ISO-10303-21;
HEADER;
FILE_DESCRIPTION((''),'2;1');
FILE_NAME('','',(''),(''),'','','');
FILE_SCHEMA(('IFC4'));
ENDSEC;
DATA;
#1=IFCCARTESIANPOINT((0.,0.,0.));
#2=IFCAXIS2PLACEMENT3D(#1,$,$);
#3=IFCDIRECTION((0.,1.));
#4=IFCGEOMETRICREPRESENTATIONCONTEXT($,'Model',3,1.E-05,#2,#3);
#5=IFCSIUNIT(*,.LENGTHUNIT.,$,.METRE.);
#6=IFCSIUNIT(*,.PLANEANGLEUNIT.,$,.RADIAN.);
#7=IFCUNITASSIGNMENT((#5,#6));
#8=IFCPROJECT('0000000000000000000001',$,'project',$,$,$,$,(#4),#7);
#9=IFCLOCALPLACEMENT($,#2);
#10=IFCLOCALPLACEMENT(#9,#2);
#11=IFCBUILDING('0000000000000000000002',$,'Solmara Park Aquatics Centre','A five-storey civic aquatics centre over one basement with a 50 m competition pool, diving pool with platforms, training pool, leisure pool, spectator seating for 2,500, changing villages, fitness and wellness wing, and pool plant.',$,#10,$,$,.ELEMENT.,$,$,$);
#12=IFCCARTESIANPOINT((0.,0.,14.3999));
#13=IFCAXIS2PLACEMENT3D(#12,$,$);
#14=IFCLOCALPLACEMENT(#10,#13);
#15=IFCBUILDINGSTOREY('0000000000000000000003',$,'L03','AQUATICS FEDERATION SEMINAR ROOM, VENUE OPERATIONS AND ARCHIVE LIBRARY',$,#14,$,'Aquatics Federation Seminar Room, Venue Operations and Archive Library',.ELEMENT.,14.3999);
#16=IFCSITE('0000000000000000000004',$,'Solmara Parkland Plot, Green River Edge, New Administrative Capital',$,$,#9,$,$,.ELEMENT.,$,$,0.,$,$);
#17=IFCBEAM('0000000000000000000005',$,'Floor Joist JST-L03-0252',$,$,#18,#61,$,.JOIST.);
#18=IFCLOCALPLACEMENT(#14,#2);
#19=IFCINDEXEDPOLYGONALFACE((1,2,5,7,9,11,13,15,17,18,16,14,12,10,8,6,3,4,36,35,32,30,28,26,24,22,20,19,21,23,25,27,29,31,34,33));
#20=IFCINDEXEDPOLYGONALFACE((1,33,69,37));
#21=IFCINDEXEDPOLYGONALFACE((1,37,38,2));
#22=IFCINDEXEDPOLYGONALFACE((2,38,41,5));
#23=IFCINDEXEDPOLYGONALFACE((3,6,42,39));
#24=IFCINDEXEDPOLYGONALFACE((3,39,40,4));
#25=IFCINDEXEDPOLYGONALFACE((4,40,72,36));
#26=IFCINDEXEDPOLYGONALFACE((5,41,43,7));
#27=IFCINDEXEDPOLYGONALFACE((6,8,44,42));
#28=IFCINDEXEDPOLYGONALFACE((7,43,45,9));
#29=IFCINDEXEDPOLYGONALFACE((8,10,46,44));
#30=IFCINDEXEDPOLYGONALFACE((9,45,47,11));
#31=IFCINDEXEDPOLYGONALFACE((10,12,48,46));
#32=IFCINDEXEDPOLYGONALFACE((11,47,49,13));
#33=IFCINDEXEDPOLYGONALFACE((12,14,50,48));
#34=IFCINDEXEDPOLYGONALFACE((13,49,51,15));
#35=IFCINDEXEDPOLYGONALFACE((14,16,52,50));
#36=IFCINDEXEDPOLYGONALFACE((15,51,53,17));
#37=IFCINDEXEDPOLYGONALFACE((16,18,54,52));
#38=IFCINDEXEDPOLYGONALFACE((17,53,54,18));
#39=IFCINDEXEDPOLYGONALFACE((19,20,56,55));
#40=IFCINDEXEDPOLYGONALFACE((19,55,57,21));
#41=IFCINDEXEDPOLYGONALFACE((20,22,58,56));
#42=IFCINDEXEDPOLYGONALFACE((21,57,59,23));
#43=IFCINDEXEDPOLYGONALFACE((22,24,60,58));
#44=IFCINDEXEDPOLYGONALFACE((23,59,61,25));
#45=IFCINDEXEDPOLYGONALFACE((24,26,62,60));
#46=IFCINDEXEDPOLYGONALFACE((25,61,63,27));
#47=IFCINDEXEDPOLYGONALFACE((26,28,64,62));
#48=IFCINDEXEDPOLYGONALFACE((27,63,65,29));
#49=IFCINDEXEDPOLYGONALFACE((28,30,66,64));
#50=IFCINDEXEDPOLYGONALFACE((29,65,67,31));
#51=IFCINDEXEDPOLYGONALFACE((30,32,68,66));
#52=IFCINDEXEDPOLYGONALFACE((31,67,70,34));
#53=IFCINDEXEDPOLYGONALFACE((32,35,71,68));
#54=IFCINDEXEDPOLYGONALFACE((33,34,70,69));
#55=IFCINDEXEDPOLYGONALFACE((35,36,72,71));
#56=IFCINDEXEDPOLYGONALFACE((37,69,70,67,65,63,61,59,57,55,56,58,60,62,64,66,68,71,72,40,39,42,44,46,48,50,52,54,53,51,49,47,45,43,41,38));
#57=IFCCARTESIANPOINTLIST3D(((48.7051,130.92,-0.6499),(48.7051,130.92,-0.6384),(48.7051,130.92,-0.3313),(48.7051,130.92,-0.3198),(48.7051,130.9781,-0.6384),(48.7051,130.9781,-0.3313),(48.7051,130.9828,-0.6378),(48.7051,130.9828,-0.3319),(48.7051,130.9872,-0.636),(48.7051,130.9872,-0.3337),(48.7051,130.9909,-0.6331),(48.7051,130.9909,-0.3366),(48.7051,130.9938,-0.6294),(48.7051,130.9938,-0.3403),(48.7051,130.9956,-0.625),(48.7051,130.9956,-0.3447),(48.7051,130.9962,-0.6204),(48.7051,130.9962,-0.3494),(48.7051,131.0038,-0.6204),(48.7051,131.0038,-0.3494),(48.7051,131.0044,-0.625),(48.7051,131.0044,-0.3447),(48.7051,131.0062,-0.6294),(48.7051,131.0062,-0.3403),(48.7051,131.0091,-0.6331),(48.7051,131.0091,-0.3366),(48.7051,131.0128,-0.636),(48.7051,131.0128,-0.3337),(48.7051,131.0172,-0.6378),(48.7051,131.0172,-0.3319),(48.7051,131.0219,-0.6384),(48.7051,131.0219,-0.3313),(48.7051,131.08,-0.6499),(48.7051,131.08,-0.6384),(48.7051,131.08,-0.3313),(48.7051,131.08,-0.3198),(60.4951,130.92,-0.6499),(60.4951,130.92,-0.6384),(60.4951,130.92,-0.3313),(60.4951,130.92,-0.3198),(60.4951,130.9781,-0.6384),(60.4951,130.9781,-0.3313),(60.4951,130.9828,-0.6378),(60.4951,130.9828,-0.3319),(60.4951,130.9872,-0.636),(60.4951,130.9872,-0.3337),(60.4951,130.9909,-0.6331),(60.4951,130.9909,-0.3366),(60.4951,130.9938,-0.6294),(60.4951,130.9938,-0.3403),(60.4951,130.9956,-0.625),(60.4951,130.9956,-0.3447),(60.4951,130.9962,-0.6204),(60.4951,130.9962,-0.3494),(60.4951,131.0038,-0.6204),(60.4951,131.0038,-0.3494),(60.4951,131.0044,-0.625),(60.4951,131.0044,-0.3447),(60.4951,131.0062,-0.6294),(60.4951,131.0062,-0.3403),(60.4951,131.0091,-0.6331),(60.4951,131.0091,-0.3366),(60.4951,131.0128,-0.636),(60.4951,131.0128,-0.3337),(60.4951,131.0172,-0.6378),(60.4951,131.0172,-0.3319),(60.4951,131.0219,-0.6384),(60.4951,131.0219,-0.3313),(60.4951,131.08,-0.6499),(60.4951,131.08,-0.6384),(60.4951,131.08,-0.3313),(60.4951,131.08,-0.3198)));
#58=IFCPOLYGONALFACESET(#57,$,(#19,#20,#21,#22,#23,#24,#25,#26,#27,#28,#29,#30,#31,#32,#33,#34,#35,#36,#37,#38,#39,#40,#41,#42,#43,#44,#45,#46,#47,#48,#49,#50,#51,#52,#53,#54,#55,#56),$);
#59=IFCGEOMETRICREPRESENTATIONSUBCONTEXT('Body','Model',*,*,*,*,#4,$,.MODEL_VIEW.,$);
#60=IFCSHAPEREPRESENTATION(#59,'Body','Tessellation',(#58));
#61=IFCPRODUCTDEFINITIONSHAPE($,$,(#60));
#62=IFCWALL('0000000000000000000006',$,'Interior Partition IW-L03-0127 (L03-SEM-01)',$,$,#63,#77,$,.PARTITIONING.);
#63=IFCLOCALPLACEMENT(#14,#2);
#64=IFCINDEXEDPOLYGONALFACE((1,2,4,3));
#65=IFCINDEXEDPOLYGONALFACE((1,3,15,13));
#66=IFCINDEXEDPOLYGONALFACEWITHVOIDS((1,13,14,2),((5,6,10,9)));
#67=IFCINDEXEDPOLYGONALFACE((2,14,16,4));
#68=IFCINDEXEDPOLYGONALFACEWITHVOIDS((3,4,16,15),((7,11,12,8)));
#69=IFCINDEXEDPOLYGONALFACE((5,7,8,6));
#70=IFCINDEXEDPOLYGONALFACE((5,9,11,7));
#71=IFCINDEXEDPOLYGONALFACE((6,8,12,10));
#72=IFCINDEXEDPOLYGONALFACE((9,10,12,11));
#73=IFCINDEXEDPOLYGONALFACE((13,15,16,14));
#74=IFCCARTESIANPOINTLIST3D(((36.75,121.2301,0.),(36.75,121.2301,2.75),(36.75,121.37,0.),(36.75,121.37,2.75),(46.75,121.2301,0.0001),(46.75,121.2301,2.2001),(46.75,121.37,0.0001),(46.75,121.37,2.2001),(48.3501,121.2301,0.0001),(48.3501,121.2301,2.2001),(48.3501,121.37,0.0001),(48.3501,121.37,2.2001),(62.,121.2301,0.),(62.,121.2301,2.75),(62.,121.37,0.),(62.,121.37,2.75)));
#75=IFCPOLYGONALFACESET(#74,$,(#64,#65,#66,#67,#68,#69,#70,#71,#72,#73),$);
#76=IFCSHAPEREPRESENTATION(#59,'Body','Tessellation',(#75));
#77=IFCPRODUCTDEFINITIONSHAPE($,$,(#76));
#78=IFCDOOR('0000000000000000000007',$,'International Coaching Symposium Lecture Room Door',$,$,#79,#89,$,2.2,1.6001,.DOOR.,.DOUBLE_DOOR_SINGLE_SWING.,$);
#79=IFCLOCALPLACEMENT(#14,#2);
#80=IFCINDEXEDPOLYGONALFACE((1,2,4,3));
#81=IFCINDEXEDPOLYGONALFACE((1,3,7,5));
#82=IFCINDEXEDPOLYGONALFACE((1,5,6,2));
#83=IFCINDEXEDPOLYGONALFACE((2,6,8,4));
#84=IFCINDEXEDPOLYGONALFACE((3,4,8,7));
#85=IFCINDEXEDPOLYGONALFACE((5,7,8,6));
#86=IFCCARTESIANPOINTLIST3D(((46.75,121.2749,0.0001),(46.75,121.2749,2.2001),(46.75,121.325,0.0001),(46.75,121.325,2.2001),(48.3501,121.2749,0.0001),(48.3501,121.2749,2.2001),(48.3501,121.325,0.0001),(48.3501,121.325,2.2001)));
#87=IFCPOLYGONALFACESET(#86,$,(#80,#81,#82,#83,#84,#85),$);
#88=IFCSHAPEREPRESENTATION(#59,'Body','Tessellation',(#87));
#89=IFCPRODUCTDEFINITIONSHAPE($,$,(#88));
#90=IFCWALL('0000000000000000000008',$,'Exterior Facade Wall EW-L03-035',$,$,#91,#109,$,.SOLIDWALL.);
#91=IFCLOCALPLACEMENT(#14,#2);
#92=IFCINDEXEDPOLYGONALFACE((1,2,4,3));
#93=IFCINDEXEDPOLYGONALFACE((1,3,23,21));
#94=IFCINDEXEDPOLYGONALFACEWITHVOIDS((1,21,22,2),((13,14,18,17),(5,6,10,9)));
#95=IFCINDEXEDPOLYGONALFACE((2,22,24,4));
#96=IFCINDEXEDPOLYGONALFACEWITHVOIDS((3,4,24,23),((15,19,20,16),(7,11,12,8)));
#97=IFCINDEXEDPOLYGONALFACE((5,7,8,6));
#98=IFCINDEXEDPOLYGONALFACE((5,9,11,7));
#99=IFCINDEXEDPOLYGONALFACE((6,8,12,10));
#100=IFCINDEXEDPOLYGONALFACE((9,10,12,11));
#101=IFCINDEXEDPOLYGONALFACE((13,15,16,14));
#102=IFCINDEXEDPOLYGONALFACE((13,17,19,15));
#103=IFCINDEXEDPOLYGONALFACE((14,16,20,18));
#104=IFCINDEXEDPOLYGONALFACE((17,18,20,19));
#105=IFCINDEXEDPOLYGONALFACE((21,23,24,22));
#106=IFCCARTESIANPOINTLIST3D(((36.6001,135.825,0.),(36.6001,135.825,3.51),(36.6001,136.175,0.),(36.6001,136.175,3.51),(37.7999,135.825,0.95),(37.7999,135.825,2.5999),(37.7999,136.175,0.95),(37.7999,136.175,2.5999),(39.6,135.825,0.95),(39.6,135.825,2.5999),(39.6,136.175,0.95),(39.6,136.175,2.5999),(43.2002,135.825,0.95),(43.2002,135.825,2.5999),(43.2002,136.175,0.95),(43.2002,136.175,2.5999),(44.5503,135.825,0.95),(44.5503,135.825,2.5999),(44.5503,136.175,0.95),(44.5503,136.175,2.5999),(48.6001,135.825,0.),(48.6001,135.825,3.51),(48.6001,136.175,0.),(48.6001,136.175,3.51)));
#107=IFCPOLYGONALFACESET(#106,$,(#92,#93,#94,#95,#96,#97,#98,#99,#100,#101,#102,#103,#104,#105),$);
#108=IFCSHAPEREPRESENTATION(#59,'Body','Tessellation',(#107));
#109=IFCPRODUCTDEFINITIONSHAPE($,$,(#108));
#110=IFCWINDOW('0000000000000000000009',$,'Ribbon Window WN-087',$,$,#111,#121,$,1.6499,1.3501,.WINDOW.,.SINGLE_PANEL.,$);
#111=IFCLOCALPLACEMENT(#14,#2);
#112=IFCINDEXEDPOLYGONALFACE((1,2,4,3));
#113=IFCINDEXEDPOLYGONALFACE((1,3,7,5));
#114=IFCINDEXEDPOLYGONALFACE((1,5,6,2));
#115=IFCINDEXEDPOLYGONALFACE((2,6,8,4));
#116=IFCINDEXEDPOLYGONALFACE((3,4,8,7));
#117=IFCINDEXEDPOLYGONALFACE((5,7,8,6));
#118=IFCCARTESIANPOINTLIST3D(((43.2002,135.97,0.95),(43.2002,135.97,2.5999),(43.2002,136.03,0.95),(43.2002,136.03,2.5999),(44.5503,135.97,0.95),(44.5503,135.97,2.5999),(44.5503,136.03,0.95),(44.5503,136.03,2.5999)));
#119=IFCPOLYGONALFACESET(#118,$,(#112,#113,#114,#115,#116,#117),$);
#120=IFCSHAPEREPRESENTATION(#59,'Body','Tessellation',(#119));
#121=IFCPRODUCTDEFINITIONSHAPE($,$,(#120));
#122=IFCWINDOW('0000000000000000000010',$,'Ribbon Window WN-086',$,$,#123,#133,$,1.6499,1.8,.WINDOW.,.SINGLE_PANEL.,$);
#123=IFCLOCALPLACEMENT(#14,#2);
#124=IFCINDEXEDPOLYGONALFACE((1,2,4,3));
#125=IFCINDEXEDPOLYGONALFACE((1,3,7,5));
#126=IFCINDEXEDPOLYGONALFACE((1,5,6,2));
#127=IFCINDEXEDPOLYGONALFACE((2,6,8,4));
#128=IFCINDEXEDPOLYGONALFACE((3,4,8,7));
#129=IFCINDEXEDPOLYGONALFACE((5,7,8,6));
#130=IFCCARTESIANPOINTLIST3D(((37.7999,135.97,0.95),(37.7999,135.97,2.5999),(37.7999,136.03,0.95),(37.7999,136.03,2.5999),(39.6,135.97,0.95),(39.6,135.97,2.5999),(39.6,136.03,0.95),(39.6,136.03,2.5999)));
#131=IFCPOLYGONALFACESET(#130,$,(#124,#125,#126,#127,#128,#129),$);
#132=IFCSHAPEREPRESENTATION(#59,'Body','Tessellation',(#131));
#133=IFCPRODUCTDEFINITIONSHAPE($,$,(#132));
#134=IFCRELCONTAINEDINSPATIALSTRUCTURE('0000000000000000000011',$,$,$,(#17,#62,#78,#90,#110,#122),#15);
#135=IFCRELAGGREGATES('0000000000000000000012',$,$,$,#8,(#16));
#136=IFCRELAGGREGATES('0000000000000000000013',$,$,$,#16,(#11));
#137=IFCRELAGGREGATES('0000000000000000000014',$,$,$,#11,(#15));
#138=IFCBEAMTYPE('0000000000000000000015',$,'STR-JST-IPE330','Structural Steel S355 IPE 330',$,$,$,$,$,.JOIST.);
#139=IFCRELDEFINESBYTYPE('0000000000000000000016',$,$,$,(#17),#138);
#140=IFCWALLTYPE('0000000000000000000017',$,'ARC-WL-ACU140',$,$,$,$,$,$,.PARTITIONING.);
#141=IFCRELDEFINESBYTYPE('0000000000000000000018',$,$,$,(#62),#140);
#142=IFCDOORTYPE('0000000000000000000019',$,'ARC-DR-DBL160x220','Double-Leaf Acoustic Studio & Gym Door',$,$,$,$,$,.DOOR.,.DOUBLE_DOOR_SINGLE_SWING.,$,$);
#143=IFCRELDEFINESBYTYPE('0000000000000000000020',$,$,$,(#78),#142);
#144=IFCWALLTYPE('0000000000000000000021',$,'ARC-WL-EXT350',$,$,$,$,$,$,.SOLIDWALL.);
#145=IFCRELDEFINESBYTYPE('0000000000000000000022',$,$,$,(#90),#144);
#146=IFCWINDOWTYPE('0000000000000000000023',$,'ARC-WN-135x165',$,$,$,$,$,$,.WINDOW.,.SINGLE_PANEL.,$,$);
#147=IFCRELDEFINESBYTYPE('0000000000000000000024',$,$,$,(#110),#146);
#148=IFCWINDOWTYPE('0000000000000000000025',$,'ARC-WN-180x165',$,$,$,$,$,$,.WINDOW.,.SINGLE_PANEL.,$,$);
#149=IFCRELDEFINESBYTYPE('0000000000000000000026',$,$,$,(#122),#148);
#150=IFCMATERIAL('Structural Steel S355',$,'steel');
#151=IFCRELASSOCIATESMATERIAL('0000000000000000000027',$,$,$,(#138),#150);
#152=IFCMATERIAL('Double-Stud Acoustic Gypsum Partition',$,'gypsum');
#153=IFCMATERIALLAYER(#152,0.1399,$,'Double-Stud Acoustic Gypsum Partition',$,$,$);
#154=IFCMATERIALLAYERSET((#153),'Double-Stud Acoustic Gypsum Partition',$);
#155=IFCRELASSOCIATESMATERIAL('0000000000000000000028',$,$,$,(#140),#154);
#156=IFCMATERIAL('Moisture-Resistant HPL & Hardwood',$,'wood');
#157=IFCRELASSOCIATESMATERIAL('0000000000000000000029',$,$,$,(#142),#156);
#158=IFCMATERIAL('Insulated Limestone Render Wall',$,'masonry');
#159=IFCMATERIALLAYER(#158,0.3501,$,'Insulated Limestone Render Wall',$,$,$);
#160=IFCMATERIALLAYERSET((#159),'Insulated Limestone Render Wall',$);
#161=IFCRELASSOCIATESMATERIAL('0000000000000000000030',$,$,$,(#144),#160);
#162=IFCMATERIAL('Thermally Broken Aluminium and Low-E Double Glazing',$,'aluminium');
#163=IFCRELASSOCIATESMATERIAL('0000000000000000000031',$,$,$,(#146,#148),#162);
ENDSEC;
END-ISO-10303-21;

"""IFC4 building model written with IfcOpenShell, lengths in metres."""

from ifc_helpers import new_model, si_unit, direction, frame, frame_2d, origin, origin_2d, place, context, subcontext, project, spatial, rectangle, i_section, extrude, material, layer, layer_set, material_profile, profile_set, type_object, element, fill, save


model = new_model("IFC4")

# Units and contexts
model_context = context("Model", 3, precision=1e-05, world=origin(), true_north=direction((0.0, 1.0)))
body_context = subcontext(model_context, "Body", "Model", "MODEL_VIEW")
ifc_project = project(units=[si_unit("LENGTHUNIT", "METRE"), si_unit("PLANEANGLEUNIT", "RADIAN")], contexts=[model_context])

# Site, building, storey
site_placement = place(None, origin())
site = spatial("IfcSite", under=ifc_project, at=site_placement, Name="Solmara Parkland Plot, Green River Edge, New Administrative Capital", CompositionType="ELEMENT", RefElevation=0.0)
building_placement = place(site_placement, origin())
building = spatial("IfcBuilding", under=site, at=building_placement, Name="Solmara Park Aquatics Centre", Description="A five-storey civic aquatics centre over one basement with a 50 m competition pool, diving pool with platforms, training pool, leisure pool, spectator seating for 2,500, changing villages, fitness and wellness wing, and pool plant.", CompositionType="ELEMENT")
storey_placement = place(building_placement, frame((0.0, 0.0, 14.3999)))
storey = spatial("IfcBuildingStorey", under=building, at=storey_placement, Name="L03", Description="AQUATICS FEDERATION SEMINAR ROOM, VENUE OPERATIONS AND ARCHIVE LIBRARY", LongName="Aquatics Federation Seminar Room, Venue Operations and Archive Library", CompositionType="ELEMENT", Elevation=14.3999)

# Beam
ifc_material_1 = material(Name="Structural Steel S355", Category="steel")
ifc_material_profile_1 = material_profile(ifc_material_1, i_section(OverallWidth=0.1599, OverallDepth=0.3301, WebThickness=0.0076, FlangeThickness=0.0115, FilletRadius=0.0181, at=origin_2d()), Name="IPE 330")
ifc_profile_set_1 = profile_set([ifc_material_profile_1], Name="Structural Steel S355")
beam_type_1 = type_object("IfcBeamType", Name="STR-JST-IPE330", Description="Structural Steel S355 IPE 330", PredefinedType="JOIST", material=ifc_profile_set_1)
for number, where, z_axis, x_axis, name in (
    (1, (48.7051, 131.0, -0.4849), (1.0, 0.0, 0.0), (0.0, 1.0, 0.0), "Floor Joist JST-L03-0252"),
):
    element("IfcBeam", number, at=place(storey_placement, frame(where, z_axis=z_axis, x_axis=x_axis)), inside=storey, type_object=beam_type_1, Name=name, PredefinedType="JOIST", context=body_context, shape_type="SweptSolid", body=[
        extrude(i_section(OverallWidth=0.1599, OverallDepth=0.3301, WebThickness=0.0076, FlangeThickness=0.0115, FilletRadius=0.0181, at=origin_2d()), origin(), (0.0, 0.0, 1.0), 11.79),
    ])

# Wall, opening, door
ifc_material_2 = material(Name="Double-Stud Acoustic Gypsum Partition", Category="gypsum")
ifc_layer_1 = layer(ifc_material_2, 0.1399, Name="Double-Stud Acoustic Gypsum Partition")
ifc_layer_set_1 = layer_set([ifc_layer_1], Name="Double-Stud Acoustic Gypsum Partition")
wall_type_1 = type_object("IfcWallType", Name="ARC-WL-ACU140", PredefinedType="PARTITIONING", material=ifc_layer_set_1)
wall_1_placement = place(storey_placement, frame((36.75, 121.3, 0.0), z_axis=(0.0, 0.0, 1.0), x_axis=(1.0, 0.0, 0.0)))
wall_1 = element("IfcWall", 2, at=wall_1_placement, inside=storey, type_object=wall_type_1, Name="Interior Partition IW-L03-0127 (L03-SEM-01)", PredefinedType="PARTITIONING", context=body_context, shape_type="SweptSolid", body=[
    extrude(rectangle(XDim=25.25, YDim=0.1399, at=frame_2d((12.625, 0.0))), origin(), (0.0, 0.0, 1.0), 2.75),
])
opening_1_placement = place(wall_1_placement, frame((10.0, 0.0, 0.0)))
opening_1 = element("IfcOpeningElement", 3, at=opening_1_placement, cuts=wall_1, PredefinedType="OPENING", context=body_context, shape_type="SweptSolid", body=[
    extrude(rectangle(XDim=1.6001, YDim=2.2, at=frame_2d((0.8, 1.1001))), frame((0.0, 0.0798, 0.0), z_axis=(0.0, -1.0, 0.0), x_axis=(1.0, 0.0, 0.0)), (0.0, 0.0, 1.0), 0.1599),
])
ifc_material_3 = material(Name="Moisture-Resistant HPL & Hardwood", Category="wood")
door_type = type_object("IfcDoorType", Name="ARC-DR-DBL160x220", Description="Double-Leaf Acoustic Studio & Gym Door", OperationType="DOUBLE_DOOR_SINGLE_SWING", PredefinedType="DOOR", material=ifc_material_3)
door_placement = place(opening_1_placement, origin())
door = element("IfcDoor", 4, at=door_placement, inside=storey, type_object=door_type, Name="International Coaching Symposium Lecture Room Door", OperationType="DOUBLE_DOOR_SINGLE_SWING", OverallHeight=2.2, OverallWidth=1.6001, PredefinedType="DOOR", context=body_context, shape_type="SweptSolid", body=[
    extrude(rectangle(XDim=1.6001, YDim=2.2, at=frame_2d((0.8, 1.1001))), frame((0.0, 0.0249, 0.0), z_axis=(0.0, -1.0, 0.0), x_axis=(1.0, 0.0, 0.0)), (0.0, 0.0, 1.0), 0.05),
])
fill(opening_1, door)

# Wall, openings, windows
ifc_material_4 = material(Name="Insulated Limestone Render Wall", Category="masonry")
ifc_layer_2 = layer(ifc_material_4, 0.3501, Name="Insulated Limestone Render Wall")
ifc_layer_set_2 = layer_set([ifc_layer_2], Name="Insulated Limestone Render Wall")
wall_type_2 = type_object("IfcWallType", Name="ARC-WL-EXT350", PredefinedType="SOLIDWALL", material=ifc_layer_set_2)
wall_2_placement = place(storey_placement, frame((36.6001, 136.0, 0.0), z_axis=(0.0, 0.0, 1.0), x_axis=(1.0, 0.0, 0.0)))
wall_2 = element("IfcWall", 5, at=wall_2_placement, inside=storey, type_object=wall_type_2, Name="Exterior Facade Wall EW-L03-035", PredefinedType="SOLIDWALL", context=body_context, shape_type="SweptSolid", body=[
    extrude(rectangle(XDim=12.0, YDim=0.3501, at=frame_2d((6.0, 0.0))), origin(), (0.0, 0.0, 1.0), 3.51),
])
opening_2_placement = place(wall_2_placement, frame((1.2, 0.0, 0.95)))
opening_2 = element("IfcOpeningElement", 6, at=opening_2_placement, cuts=wall_2, PredefinedType="OPENING", context=body_context, shape_type="SweptSolid", body=[
    extrude(rectangle(XDim=1.8, YDim=1.6499, at=frame_2d((0.8999, 0.825))), frame((0.0, 0.1851, 0.0), z_axis=(0.0, -1.0, 0.0), x_axis=(1.0, 0.0, 0.0)), (0.0, 0.0, 1.0), 0.3701),
])
opening_3_placement = place(wall_2_placement, frame((6.6001, 0.0, 0.95)))
opening_3 = element("IfcOpeningElement", 7, at=opening_3_placement, cuts=wall_2, PredefinedType="OPENING", context=body_context, shape_type="SweptSolid", body=[
    extrude(rectangle(XDim=1.3501, YDim=1.6499, at=frame_2d((0.675, 0.825))), frame((0.0, 0.1851, 0.0), z_axis=(0.0, -1.0, 0.0), x_axis=(1.0, 0.0, 0.0)), (0.0, 0.0, 1.0), 0.3701),
])
ifc_material_5 = material(Name="Thermally Broken Aluminium and Low-E Double Glazing", Category="aluminium")
window_type_1 = type_object("IfcWindowType", Name="ARC-WN-135x165", PartitioningType="SINGLE_PANEL", PredefinedType="WINDOW", material=ifc_material_5)
window_1_placement = place(opening_3_placement, origin())
window_1 = element("IfcWindow", 8, at=window_1_placement, inside=storey, type_object=window_type_1, Name="Ribbon Window WN-087", OverallHeight=1.6499, OverallWidth=1.3501, PartitioningType="SINGLE_PANEL", PredefinedType="WINDOW", context=body_context, shape_type="SweptSolid", body=[
    extrude(rectangle(XDim=1.3501, YDim=1.6499, at=frame_2d((0.675, 0.825))), frame((0.0, 0.03, 0.0), z_axis=(0.0, -1.0, 0.0), x_axis=(1.0, 0.0, 0.0)), (0.0, 0.0, 1.0), 0.0601),
])
fill(opening_3, window_1)
window_type_2 = type_object("IfcWindowType", Name="ARC-WN-180x165", PartitioningType="SINGLE_PANEL", PredefinedType="WINDOW", material=ifc_material_5)
window_2_placement = place(opening_2_placement, origin())
window_2 = element("IfcWindow", 9, at=window_2_placement, inside=storey, type_object=window_type_2, Name="Ribbon Window WN-086", OverallHeight=1.6499, OverallWidth=1.8, PartitioningType="SINGLE_PANEL", PredefinedType="WINDOW", context=body_context, shape_type="SweptSolid", body=[
    extrude(rectangle(XDim=1.8, YDim=1.6499, at=frame_2d((0.8999, 0.825))), frame((0.0, 0.03, 0.0), z_axis=(0.0, -1.0, 0.0), x_axis=(1.0, 0.0, 0.0)), (0.0, 0.0, 1.0), 0.0601),
])
fill(opening_2, window_2)

save(model, "model.ifc")
